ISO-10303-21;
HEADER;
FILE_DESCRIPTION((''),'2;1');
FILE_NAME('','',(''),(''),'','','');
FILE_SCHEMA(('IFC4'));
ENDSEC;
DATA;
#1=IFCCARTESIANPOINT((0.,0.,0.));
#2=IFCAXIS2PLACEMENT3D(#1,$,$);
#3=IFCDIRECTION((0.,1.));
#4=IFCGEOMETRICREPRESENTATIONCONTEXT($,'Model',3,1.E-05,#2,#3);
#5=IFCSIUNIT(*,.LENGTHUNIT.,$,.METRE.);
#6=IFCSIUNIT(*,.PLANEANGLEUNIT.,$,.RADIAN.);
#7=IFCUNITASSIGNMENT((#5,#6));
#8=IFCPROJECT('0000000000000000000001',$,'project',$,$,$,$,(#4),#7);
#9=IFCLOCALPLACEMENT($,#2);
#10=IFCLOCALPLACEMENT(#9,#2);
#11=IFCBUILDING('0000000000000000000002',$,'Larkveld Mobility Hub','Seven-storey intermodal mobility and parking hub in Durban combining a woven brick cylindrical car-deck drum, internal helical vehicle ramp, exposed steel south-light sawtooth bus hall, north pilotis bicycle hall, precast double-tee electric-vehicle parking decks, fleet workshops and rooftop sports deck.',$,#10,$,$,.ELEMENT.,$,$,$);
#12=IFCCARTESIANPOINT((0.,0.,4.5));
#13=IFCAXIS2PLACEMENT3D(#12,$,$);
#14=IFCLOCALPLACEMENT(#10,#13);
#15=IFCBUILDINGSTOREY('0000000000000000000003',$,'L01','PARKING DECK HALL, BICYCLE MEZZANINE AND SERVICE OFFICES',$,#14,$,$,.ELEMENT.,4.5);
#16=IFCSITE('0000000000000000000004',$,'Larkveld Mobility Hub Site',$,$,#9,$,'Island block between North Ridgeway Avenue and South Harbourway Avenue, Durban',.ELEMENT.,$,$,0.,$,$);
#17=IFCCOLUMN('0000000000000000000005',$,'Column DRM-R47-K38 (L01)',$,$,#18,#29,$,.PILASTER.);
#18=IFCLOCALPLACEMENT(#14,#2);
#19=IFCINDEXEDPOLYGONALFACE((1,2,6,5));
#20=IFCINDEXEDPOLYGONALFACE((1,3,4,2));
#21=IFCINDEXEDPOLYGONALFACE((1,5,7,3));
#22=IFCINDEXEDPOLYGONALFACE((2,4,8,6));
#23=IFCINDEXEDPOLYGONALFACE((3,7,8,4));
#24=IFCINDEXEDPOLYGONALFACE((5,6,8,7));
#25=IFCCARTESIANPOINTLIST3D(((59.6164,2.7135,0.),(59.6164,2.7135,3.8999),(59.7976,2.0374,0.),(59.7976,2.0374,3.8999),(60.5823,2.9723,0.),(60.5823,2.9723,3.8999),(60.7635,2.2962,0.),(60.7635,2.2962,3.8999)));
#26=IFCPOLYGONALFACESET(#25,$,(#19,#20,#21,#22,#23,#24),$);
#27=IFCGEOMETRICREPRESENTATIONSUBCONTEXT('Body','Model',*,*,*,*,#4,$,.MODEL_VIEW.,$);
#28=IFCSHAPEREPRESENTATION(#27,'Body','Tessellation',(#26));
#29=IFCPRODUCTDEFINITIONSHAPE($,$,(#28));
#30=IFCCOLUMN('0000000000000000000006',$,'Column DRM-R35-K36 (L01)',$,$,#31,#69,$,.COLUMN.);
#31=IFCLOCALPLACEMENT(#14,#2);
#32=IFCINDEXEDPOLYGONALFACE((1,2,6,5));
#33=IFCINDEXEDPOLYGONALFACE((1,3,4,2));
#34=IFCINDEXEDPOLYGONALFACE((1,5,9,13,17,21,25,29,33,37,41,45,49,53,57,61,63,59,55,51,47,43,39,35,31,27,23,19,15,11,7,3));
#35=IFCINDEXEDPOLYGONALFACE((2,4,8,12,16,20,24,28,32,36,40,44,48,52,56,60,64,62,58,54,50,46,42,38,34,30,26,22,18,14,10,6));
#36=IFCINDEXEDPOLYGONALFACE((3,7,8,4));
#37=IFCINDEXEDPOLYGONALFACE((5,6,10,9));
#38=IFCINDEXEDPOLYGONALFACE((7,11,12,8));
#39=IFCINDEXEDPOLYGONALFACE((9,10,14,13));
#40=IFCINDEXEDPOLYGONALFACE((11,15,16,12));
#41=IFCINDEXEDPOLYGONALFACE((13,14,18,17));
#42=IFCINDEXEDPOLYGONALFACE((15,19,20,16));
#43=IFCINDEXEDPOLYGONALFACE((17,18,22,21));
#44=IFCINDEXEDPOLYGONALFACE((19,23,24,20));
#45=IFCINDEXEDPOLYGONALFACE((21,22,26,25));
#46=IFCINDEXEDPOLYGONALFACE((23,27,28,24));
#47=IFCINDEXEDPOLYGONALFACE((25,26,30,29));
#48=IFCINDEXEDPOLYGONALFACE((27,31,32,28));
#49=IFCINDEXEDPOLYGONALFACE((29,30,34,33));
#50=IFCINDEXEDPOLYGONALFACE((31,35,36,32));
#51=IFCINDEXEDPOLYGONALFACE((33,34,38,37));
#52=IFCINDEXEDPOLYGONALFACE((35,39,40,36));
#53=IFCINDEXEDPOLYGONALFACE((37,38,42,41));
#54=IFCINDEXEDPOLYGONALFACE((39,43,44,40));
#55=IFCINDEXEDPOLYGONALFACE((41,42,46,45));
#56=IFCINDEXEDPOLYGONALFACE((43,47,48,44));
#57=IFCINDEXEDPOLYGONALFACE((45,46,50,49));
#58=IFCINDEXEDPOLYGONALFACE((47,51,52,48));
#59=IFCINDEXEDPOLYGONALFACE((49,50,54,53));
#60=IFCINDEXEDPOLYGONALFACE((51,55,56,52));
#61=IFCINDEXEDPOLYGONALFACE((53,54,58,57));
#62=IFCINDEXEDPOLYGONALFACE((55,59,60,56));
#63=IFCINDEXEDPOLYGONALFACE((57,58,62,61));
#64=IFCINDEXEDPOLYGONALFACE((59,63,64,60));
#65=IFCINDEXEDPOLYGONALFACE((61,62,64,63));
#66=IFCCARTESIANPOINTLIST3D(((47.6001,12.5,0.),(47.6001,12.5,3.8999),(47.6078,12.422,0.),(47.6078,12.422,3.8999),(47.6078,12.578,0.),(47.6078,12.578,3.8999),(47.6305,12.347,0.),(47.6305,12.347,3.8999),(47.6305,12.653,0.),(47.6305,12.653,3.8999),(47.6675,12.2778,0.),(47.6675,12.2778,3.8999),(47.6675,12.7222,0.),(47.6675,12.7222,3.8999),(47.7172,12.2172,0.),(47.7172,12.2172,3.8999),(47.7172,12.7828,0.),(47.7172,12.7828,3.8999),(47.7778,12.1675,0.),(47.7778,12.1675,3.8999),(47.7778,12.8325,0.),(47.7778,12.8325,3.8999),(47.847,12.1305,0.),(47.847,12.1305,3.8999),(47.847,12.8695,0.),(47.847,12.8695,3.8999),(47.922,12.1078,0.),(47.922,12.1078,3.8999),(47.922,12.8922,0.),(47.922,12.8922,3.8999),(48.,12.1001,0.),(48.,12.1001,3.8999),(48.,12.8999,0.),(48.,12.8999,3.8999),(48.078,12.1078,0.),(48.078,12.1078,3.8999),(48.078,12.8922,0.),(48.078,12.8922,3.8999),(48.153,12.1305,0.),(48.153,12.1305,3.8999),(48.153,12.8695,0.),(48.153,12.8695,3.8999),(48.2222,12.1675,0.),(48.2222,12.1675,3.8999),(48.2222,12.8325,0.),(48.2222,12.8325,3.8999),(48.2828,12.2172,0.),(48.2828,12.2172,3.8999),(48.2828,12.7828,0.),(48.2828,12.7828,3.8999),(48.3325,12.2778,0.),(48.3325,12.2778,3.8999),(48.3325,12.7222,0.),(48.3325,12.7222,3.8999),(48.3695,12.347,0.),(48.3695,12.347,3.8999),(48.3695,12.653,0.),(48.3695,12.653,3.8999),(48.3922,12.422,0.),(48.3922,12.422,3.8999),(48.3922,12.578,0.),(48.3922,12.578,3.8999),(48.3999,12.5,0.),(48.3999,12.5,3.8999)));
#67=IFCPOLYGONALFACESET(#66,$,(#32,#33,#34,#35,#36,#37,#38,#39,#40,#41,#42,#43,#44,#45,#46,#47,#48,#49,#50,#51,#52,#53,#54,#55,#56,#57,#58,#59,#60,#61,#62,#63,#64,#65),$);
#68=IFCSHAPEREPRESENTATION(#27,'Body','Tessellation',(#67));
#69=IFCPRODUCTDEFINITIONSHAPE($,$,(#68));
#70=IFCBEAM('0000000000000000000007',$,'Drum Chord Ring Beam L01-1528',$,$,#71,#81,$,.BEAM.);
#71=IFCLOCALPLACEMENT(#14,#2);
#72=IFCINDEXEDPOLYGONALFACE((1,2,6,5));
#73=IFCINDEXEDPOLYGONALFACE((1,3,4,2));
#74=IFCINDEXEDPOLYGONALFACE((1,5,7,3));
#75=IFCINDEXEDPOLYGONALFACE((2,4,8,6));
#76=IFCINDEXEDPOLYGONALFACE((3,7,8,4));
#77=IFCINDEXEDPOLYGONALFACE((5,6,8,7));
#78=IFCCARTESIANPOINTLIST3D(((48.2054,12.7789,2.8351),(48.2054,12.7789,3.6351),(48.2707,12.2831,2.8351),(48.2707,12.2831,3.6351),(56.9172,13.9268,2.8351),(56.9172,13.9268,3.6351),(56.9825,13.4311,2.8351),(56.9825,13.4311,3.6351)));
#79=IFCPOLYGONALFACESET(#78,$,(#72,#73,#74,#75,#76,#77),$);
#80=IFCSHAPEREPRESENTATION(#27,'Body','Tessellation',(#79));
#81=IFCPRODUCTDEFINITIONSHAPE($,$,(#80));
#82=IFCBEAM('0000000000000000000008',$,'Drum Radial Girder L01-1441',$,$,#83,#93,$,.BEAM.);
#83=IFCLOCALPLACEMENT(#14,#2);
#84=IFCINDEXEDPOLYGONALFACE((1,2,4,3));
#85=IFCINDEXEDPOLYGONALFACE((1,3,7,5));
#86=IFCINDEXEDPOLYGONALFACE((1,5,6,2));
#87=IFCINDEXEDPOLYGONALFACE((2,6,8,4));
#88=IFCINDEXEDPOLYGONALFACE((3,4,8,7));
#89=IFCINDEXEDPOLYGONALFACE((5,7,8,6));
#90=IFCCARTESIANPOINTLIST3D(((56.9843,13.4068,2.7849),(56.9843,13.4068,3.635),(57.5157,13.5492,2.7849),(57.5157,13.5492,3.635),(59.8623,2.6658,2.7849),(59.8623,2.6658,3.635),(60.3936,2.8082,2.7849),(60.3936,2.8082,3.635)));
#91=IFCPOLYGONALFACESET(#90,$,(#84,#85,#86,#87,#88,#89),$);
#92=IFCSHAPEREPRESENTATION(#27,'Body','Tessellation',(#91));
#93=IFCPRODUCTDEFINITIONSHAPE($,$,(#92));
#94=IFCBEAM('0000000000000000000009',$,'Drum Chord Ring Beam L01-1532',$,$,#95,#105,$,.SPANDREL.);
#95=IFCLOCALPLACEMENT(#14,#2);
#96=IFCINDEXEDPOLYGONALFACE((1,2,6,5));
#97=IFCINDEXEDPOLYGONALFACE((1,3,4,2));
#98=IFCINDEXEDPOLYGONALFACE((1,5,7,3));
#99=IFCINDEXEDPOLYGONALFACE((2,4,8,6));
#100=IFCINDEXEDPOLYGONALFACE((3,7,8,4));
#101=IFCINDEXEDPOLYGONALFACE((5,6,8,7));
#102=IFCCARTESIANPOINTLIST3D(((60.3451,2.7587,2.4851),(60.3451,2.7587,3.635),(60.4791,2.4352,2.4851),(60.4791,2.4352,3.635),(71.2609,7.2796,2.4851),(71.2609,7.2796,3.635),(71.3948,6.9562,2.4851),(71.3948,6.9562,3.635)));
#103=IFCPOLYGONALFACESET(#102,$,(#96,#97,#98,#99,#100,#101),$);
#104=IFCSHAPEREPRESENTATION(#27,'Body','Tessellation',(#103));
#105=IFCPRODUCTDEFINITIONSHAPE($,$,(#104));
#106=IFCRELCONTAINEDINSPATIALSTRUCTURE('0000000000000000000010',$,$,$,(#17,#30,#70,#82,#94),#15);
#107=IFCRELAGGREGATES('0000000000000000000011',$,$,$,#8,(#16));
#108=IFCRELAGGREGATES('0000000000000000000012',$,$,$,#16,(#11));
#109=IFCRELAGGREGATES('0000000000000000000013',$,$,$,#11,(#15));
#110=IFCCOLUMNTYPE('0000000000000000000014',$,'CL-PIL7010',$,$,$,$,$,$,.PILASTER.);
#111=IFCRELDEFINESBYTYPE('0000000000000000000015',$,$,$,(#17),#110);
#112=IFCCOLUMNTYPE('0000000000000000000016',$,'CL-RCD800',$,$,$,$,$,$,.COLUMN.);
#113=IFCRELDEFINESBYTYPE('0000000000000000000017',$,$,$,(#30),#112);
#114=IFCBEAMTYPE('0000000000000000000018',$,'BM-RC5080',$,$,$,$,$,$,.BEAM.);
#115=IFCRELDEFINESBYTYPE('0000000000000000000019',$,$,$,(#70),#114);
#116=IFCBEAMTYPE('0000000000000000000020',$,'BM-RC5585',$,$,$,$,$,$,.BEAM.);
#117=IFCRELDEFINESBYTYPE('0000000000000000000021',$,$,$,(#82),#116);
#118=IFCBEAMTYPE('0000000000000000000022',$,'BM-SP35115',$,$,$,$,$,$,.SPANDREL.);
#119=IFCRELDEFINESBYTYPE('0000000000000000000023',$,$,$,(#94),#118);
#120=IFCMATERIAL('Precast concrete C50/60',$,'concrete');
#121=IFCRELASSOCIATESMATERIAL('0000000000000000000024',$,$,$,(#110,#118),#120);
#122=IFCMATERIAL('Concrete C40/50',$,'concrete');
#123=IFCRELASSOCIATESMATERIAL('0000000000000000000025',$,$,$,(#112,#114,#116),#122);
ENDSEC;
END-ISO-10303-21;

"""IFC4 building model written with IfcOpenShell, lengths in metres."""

from ifc_helpers import new_model, si_unit, direction, frame, origin, origin_2d, place, context, subcontext, project, spatial, rectangle, circle, extrude, material, material_profile, profile_set, type_object, element, save


model = new_model("IFC4")

# Units and contexts
model_context = context("Model", 3, precision=1e-05, world=origin(), true_north=direction((0.0, 1.0)))
body_context = subcontext(model_context, "Body", "Model", "MODEL_VIEW")
ifc_project = project(units=[si_unit("LENGTHUNIT", "METRE"), si_unit("PLANEANGLEUNIT", "RADIAN")], contexts=[model_context])

# Site, building, storey
site_placement = place(None, origin())
site = spatial("IfcSite", under=ifc_project, at=site_placement, Name="Larkveld Mobility Hub Site", LongName="Island block between North Ridgeway Avenue and South Harbourway Avenue, Durban", CompositionType="ELEMENT", RefElevation=0.0)
building_placement = place(site_placement, origin())
building = spatial("IfcBuilding", under=site, at=building_placement, Name="Larkveld Mobility Hub", Description="Seven-storey intermodal mobility and parking hub in Durban combining a woven brick cylindrical car-deck drum, internal helical vehicle ramp, exposed steel south-light sawtooth bus hall, north pilotis bicycle hall, precast double-tee electric-vehicle parking decks, fleet workshops and rooftop sports deck.", CompositionType="ELEMENT")
storey_placement = place(building_placement, frame((0.0, 0.0, 4.5)))
storey = spatial("IfcBuildingStorey", under=building, at=storey_placement, Name="L01", Description="PARKING DECK HALL, BICYCLE MEZZANINE AND SERVICE OFFICES", CompositionType="ELEMENT", Elevation=4.5)

# Columns
ifc_material_1 = material(Name="Precast concrete C50/60", Category="concrete")
ifc_material_profile_1 = material_profile(ifc_material_1, rectangle(XDim=0.7, YDim=1.0, at=origin_2d()), Name="PC PIL 700x1000")
ifc_profile_set_1 = profile_set([ifc_material_profile_1], Name="Precast concrete C50/60")
column_type_1 = type_object("IfcColumnType", Name="CL-PIL7010", PredefinedType="PILASTER", material=ifc_profile_set_1)
column_1_placement = place(storey_placement, frame((60.1899, 2.5049, 0.0), z_axis=(0.0, 0.0, 1.0), x_axis=(-0.258819, 0.965926, 0.0)))
element("IfcColumn", 1, at=column_1_placement, inside=storey, type_object=column_type_1, Name="Column DRM-R47-K38 (L01)", PredefinedType="PILASTER", context=body_context, shape_type="SweptSolid", body=[
    extrude(rectangle(XDim=0.7, YDim=1.0, at=origin_2d()), origin(), (0.0, 0.0, 1.0), 3.8999),
])
ifc_material_2 = material(Name="Concrete C40/50", Category="concrete")
ifc_material_profile_2 = material_profile(ifc_material_2, circle(Radius=0.3999, at=origin_2d()), Name="RC COL D800")
ifc_profile_set_2 = profile_set([ifc_material_profile_2], Name="Concrete C40/50")
column_type_2 = type_object("IfcColumnType", Name="CL-RCD800", PredefinedType="COLUMN", material=ifc_profile_set_2)
column_2_placement = place(storey_placement, frame((48.0, 12.5, 0.0), z_axis=(0.0, 0.0, 1.0), x_axis=(1.0, 0.0, 0.0)))
element("IfcColumn", 2, at=column_2_placement, inside=storey, type_object=column_type_2, Name="Column DRM-R35-K36 (L01)", PredefinedType="COLUMN", context=body_context, shape_type="SweptSolid", body=[
    extrude(circle(Radius=0.3999, at=origin_2d()), origin(), (0.0, 0.0, 1.0), 3.8999),
])

# Beams
ifc_material_profile_3 = material_profile(ifc_material_2, rectangle(XDim=0.5, YDim=0.8, at=origin_2d()), Name="RC BM 500x800")
ifc_profile_set_3 = profile_set([ifc_material_profile_3], Name="Concrete C40/50")
beam_type_1 = type_object("IfcBeamType", Name="BM-RC5080", PredefinedType="BEAM", material=ifc_profile_set_3)
beam_1_placement = place(storey_placement, frame((48.238, 12.531, 3.2351), z_axis=(0.99143, 0.130638, 0.0), x_axis=(-0.130638, 0.99143, 0.0)))
element("IfcBeam", 3, at=beam_1_placement, inside=storey, type_object=beam_type_1, Name="Drum Chord Ring Beam L01-1528", PredefinedType="BEAM", context=body_context, shape_type="SweptSolid", body=[
    extrude(rectangle(XDim=0.5, YDim=0.8, at=origin_2d()), origin(), (0.0, 0.0, 1.0), 8.7871),
])
ifc_material_profile_4 = material_profile(ifc_material_2, rectangle(XDim=0.55, YDim=0.8501, at=origin_2d()), Name="RC BM 550x850")
ifc_profile_set_4 = profile_set([ifc_material_profile_4], Name="Concrete C40/50")
beam_type_2 = type_object("IfcBeamType", Name="BM-RC5585", PredefinedType="BEAM", material=ifc_profile_set_4)
beam_2_placement = place(storey_placement, frame((57.25, 13.478, 3.21), z_axis=(0.25881, -0.965928, 0.0), x_axis=(0.965928, 0.25881, 0.0)))
element("IfcBeam", 4, at=beam_2_placement, inside=storey, type_object=beam_type_2, Name="Drum Radial Girder L01-1441", PredefinedType="BEAM", context=body_context, shape_type="SweptSolid", body=[
    extrude(rectangle(XDim=0.55, YDim=0.8501, at=origin_2d()), origin(), (0.0, 0.0, 1.0), 11.1199),
])
ifc_material_profile_5 = material_profile(ifc_material_1, rectangle(XDim=0.3501, YDim=1.1499, at=origin_2d()), Name="PC SP 350x1150")
ifc_profile_set_5 = profile_set([ifc_material_profile_5], Name="Precast concrete C50/60")
beam_type_3 = type_object("IfcBeamType", Name="BM-SP35115", PredefinedType="SPANDREL", material=ifc_profile_set_5)
beam_3_placement = place(storey_placement, frame((60.4121, 2.5969, 3.0601), z_axis=(0.923893, 0.38265, 0.0), x_axis=(-0.38265, 0.923893, 0.0)))
element("IfcBeam", 5, at=beam_3_placement, inside=storey, type_object=beam_type_3, Name="Drum Chord Ring Beam L01-1532", PredefinedType="SPANDREL", context=body_context, shape_type="SweptSolid", body=[
    extrude(rectangle(XDim=0.3501, YDim=1.1499, at=origin_2d()), origin(), (0.0, 0.0, 1.0), 11.8149),
])

save(model, "model.ifc")
